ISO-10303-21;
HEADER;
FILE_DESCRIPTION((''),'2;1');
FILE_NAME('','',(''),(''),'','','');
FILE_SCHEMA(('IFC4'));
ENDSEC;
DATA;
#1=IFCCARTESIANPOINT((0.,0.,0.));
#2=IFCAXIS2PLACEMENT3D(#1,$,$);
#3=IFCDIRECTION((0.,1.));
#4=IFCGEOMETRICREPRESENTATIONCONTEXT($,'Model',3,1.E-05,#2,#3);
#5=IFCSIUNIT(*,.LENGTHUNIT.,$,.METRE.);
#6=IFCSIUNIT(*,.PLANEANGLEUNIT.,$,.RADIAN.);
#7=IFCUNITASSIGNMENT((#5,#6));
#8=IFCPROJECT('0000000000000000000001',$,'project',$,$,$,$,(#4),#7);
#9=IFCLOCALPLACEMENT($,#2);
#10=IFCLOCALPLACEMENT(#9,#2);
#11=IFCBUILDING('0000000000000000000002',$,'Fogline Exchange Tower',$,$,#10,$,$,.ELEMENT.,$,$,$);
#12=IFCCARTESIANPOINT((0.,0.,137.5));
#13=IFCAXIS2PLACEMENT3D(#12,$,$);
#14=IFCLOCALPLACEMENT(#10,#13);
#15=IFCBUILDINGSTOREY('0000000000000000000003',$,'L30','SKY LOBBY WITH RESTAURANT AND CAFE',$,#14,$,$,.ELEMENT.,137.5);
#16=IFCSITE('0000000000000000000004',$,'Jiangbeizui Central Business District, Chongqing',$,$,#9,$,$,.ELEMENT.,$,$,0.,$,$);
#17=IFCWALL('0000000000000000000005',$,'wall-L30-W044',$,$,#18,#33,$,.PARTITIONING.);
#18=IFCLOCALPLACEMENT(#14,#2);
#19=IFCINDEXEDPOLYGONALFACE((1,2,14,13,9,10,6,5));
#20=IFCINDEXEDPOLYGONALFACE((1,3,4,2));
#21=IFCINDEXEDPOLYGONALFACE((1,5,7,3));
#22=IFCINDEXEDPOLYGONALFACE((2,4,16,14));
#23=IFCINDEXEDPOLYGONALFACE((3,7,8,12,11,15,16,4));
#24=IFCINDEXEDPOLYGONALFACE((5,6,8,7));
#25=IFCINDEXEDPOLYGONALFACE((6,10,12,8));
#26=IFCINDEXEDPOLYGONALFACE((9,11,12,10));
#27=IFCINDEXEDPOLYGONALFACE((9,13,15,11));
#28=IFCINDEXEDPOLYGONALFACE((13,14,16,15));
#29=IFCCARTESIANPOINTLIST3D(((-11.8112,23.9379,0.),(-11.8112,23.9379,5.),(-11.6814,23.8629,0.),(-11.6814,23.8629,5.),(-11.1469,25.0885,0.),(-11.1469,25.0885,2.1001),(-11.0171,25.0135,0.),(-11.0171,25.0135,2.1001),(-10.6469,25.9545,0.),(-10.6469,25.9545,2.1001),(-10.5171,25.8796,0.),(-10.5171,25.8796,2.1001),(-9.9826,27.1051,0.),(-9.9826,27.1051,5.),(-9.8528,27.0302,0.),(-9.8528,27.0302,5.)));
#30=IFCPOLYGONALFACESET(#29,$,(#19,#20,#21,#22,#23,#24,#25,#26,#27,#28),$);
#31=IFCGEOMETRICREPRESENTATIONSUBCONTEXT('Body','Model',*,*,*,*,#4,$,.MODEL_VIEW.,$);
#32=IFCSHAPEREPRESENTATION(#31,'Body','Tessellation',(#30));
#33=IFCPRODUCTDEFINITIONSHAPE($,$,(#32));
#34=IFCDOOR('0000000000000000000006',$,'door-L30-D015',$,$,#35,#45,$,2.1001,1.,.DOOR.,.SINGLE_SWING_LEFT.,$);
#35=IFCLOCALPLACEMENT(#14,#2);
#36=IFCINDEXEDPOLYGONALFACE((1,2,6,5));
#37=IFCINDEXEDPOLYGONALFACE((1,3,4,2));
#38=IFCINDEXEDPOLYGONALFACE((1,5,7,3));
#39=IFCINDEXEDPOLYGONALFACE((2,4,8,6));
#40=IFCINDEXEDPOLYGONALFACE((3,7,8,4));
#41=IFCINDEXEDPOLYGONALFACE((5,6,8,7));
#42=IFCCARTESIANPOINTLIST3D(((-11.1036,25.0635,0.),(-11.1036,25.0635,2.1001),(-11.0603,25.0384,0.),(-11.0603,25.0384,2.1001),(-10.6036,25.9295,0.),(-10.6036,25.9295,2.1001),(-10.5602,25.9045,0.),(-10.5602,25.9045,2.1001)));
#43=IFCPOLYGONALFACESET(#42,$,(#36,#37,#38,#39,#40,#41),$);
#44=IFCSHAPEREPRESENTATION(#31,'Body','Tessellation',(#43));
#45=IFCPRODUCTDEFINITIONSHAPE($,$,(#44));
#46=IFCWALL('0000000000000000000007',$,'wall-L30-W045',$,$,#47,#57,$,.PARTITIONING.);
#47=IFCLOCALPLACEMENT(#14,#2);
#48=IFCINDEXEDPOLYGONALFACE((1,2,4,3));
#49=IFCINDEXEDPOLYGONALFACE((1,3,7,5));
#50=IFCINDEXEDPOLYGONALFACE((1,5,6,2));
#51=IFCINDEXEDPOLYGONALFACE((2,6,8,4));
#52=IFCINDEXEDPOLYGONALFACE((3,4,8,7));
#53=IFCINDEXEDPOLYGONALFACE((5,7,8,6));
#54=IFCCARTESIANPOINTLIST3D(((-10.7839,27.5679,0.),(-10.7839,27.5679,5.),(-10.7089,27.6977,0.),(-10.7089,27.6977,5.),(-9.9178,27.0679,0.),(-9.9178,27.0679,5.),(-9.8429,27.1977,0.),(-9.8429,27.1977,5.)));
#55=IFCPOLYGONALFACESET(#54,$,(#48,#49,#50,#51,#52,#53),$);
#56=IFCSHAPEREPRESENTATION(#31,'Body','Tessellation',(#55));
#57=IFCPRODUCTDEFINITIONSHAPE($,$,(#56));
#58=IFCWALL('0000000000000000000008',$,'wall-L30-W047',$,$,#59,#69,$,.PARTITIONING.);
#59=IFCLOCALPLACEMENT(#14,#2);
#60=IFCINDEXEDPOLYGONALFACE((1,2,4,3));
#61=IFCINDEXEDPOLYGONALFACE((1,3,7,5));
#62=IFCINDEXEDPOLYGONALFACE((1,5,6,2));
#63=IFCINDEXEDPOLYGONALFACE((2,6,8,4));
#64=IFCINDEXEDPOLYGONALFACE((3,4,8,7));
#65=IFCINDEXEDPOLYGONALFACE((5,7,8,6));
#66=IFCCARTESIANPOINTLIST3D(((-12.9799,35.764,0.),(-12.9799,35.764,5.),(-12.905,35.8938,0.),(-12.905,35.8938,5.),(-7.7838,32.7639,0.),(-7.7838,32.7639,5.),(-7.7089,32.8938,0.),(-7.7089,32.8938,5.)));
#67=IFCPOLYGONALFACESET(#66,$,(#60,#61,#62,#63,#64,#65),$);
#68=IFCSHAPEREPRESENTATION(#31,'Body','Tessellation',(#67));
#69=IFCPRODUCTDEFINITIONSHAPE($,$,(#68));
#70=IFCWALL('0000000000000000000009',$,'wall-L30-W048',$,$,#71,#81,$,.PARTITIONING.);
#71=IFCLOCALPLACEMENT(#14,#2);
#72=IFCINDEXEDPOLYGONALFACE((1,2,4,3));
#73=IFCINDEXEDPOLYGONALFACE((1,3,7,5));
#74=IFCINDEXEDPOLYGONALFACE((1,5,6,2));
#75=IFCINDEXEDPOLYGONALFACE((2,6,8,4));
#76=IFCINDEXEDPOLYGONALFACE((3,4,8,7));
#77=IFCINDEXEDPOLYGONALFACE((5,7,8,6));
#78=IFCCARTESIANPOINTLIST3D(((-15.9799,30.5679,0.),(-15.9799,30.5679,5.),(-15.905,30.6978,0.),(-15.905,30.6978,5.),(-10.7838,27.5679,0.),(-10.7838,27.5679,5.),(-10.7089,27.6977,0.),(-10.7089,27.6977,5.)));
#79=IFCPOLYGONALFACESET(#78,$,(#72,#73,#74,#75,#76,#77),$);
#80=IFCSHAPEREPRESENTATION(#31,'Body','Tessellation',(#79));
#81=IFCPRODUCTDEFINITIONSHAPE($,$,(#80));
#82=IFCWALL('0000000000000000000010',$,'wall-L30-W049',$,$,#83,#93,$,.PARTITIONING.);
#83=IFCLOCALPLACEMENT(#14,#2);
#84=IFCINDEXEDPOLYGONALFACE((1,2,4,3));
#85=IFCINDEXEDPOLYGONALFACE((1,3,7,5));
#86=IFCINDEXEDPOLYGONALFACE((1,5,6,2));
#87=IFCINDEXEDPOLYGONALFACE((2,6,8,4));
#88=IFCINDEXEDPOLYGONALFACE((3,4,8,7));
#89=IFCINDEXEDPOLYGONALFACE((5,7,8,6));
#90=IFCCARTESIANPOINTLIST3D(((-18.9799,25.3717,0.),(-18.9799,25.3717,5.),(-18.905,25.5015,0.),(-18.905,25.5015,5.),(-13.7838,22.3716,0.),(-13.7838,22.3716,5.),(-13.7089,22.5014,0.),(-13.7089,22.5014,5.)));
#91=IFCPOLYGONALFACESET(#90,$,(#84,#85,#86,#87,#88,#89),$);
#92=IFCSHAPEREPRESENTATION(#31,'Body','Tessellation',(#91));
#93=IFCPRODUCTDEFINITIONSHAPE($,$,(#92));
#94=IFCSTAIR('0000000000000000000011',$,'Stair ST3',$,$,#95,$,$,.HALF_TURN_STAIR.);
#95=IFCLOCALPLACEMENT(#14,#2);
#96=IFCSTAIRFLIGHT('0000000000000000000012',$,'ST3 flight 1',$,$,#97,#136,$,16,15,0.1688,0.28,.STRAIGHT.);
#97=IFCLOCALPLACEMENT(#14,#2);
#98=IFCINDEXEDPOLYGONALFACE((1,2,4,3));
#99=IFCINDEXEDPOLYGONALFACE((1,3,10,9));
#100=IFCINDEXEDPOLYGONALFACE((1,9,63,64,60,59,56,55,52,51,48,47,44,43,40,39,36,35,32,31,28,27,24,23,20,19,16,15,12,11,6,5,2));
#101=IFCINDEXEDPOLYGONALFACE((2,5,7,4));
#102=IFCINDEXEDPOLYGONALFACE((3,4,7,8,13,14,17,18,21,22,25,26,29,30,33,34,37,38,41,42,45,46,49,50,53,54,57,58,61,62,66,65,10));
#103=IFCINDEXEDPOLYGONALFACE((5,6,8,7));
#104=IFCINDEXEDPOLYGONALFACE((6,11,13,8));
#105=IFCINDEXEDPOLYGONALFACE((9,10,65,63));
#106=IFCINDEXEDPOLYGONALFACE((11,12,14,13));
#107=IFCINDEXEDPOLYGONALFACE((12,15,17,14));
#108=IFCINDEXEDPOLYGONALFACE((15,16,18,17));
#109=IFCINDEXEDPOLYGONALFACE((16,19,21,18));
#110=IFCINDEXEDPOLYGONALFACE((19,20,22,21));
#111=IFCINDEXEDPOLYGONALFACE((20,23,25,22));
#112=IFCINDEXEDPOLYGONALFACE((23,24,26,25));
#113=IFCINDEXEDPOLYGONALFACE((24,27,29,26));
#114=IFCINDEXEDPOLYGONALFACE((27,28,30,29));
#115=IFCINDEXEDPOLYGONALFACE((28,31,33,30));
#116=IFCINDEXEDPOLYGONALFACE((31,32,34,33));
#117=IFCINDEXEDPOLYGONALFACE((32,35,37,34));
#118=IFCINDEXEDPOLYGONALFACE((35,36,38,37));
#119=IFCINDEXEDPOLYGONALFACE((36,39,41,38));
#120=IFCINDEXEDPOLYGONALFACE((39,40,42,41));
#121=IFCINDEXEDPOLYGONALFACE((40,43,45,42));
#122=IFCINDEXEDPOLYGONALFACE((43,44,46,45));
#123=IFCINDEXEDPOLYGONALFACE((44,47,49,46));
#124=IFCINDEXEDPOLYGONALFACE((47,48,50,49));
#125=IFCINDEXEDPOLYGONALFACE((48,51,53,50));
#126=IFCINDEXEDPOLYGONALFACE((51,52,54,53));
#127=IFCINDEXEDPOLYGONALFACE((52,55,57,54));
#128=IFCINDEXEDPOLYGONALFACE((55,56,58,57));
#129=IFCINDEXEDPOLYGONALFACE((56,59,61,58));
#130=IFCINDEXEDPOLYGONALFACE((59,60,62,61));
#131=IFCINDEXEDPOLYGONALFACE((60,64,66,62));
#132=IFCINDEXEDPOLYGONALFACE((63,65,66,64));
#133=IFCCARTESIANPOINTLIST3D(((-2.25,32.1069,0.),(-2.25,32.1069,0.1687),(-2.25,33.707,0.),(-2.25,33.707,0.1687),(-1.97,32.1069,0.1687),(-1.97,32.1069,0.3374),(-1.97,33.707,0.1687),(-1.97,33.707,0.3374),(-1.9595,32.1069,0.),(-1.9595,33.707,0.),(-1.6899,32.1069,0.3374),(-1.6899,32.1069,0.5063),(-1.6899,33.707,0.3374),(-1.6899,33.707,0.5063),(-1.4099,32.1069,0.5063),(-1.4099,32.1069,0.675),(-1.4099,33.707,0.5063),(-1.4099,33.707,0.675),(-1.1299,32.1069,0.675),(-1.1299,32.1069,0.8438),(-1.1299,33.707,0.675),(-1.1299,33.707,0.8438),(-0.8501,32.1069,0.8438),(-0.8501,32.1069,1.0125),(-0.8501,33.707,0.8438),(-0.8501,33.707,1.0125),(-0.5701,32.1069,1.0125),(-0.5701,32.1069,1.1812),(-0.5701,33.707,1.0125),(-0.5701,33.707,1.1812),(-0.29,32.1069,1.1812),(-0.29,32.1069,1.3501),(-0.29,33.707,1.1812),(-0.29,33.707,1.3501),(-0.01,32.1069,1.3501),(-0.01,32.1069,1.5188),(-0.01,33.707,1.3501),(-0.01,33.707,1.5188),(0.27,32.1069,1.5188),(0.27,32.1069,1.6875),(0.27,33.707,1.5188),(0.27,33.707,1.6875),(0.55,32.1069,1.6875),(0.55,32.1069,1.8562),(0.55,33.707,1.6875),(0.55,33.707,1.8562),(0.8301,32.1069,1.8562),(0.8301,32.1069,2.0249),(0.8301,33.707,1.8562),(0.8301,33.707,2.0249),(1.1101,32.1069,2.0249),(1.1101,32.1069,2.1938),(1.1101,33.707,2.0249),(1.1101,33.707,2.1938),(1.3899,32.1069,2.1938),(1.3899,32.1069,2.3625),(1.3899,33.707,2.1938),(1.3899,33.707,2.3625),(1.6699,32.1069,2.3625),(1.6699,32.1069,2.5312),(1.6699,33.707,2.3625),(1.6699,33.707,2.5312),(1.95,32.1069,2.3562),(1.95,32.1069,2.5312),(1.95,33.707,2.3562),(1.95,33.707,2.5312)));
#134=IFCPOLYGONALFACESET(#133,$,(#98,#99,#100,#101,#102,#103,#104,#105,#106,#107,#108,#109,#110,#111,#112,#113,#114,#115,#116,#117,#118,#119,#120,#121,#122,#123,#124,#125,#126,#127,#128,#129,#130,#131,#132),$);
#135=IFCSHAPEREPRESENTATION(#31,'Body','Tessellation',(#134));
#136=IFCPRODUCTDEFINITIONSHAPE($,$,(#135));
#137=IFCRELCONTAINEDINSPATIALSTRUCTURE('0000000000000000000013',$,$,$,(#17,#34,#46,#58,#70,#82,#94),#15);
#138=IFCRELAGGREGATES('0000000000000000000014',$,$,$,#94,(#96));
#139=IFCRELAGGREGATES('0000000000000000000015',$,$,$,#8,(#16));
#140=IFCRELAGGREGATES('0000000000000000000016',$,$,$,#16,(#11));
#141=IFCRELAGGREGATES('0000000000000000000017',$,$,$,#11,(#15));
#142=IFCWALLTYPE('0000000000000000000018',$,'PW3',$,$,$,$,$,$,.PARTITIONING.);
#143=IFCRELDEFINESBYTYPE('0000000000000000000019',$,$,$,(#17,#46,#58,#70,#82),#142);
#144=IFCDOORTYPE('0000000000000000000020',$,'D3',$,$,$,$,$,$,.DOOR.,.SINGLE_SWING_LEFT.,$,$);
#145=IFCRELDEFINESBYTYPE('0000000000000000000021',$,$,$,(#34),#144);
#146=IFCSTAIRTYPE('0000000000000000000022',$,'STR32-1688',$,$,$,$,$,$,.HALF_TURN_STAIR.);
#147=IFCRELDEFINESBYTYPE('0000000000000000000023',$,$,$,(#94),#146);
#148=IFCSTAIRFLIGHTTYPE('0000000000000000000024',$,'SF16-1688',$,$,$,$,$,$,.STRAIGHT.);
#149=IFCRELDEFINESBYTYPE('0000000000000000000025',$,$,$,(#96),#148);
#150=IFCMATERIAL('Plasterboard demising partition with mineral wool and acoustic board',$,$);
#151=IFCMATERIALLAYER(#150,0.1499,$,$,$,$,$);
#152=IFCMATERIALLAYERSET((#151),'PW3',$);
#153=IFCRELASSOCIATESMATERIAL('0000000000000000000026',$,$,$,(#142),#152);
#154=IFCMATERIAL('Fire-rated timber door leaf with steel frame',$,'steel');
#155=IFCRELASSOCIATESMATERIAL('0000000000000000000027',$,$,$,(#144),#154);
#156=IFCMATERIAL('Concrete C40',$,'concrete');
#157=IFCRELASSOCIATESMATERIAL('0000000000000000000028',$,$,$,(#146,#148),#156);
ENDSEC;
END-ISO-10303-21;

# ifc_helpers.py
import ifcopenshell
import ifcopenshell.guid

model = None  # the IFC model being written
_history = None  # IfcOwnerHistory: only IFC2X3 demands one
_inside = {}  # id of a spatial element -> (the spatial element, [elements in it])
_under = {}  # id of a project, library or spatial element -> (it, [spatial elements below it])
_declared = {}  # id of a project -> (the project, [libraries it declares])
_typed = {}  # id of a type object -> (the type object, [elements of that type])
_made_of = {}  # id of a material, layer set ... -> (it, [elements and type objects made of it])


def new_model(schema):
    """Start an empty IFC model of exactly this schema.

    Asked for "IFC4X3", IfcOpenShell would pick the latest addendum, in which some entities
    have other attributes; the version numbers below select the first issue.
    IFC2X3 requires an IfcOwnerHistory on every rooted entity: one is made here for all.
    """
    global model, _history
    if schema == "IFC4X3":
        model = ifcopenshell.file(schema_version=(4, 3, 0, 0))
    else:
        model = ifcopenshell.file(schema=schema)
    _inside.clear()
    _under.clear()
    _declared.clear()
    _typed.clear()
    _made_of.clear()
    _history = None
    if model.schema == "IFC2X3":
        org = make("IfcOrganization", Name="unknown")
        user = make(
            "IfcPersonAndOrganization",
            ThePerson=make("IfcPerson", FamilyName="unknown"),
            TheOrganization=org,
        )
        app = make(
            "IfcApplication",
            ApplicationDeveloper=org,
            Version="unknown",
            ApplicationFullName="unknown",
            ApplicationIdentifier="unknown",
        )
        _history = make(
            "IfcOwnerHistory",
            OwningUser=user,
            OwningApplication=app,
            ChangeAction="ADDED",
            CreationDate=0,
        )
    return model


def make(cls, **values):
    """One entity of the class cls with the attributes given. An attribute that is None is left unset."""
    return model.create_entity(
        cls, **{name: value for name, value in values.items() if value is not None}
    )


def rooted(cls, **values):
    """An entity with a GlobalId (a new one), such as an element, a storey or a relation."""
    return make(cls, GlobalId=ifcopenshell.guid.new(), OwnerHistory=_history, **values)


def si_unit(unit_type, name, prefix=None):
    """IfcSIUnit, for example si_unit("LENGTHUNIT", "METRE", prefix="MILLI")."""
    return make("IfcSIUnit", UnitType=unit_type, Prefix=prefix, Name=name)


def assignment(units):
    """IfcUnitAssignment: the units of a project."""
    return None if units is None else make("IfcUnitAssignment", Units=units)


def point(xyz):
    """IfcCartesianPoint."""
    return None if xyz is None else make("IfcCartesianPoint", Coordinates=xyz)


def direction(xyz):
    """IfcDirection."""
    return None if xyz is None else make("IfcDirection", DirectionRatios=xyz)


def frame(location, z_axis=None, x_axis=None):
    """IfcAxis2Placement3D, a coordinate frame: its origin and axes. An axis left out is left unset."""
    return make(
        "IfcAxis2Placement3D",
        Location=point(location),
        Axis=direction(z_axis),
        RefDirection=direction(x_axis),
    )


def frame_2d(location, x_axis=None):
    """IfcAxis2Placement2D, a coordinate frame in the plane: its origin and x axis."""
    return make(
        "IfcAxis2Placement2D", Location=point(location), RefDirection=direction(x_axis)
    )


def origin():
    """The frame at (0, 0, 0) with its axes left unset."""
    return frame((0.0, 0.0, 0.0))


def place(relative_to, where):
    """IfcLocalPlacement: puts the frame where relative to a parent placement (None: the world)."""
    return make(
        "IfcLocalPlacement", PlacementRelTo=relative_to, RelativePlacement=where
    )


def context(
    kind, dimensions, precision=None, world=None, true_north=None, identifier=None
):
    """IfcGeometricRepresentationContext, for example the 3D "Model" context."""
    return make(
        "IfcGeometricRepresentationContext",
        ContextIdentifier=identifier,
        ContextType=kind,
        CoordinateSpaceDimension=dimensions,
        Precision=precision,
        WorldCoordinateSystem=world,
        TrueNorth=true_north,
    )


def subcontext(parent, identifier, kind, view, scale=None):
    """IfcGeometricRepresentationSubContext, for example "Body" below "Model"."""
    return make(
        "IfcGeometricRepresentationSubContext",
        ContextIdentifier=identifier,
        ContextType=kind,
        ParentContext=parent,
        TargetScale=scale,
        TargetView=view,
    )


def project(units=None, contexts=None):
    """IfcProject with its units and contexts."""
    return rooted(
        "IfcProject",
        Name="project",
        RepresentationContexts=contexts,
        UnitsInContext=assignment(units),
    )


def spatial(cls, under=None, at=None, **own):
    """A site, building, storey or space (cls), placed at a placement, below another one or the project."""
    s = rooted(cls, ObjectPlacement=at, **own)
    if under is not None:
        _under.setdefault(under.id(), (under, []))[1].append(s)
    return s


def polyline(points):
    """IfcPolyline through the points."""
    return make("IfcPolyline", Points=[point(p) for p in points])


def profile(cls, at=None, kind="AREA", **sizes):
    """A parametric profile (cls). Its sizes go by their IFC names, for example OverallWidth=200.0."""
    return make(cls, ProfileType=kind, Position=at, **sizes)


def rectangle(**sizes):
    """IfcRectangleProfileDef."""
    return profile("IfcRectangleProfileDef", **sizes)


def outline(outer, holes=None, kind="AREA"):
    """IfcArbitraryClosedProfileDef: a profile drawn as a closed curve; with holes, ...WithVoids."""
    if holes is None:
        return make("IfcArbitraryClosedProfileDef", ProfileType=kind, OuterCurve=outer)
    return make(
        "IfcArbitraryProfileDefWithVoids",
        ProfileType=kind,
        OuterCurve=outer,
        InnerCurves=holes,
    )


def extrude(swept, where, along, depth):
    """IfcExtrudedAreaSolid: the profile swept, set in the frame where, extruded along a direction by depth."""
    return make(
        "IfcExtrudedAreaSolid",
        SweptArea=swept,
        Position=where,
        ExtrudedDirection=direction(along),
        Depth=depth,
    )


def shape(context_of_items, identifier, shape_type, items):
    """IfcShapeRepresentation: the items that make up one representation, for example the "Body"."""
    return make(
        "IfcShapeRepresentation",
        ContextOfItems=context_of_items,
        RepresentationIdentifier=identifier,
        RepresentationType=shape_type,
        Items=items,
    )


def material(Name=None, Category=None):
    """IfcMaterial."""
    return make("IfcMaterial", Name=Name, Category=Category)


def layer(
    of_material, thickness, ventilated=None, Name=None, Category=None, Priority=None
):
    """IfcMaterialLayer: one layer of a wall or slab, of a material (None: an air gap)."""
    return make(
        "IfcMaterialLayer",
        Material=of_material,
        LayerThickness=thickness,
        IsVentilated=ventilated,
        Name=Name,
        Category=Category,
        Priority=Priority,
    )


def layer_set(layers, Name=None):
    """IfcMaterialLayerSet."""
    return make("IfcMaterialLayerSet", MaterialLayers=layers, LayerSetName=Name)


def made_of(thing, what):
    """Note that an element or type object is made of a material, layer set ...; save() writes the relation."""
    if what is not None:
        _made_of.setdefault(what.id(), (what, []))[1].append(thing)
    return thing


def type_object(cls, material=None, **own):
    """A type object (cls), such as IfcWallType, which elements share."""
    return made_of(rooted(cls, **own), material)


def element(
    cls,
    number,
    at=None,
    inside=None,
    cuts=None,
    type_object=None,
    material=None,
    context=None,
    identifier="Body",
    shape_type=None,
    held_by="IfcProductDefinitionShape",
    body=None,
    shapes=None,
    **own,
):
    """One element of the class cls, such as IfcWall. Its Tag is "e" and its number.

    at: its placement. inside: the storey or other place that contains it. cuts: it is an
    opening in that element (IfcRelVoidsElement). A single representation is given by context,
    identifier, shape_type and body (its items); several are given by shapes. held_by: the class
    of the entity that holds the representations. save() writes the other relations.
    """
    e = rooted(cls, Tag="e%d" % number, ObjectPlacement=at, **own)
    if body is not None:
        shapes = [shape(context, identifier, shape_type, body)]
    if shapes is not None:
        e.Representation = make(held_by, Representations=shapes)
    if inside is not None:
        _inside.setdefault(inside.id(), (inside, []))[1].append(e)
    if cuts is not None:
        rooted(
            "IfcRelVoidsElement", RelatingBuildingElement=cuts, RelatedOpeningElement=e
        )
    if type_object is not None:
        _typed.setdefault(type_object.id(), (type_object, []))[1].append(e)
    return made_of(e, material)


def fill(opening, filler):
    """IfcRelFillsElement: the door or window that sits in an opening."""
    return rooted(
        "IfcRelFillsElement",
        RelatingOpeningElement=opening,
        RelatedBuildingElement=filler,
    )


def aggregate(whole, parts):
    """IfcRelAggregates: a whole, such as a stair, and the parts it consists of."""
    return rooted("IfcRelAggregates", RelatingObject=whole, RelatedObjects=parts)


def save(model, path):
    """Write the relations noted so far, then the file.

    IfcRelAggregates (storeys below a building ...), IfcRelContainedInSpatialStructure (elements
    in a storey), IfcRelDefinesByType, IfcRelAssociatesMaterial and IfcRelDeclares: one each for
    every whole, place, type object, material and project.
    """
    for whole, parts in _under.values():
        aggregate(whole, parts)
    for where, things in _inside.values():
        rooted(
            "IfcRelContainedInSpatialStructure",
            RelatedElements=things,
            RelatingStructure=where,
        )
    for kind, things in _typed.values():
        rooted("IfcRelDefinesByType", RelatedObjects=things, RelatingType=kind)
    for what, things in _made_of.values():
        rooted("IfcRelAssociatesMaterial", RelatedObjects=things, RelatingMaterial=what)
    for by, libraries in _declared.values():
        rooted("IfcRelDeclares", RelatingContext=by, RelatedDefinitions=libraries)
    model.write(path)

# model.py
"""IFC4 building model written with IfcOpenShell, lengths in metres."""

from ifc_helpers import new_model, si_unit, direction, frame, frame_2d, origin, place, context, subcontext, project, spatial, polyline, rectangle, outline, extrude, material, layer, layer_set, type_object, element, fill, aggregate, save


model = new_model("IFC4")

# Units and contexts
model_context = context("Model", 3, precision=1e-05, world=origin(), true_north=direction((0.0, 1.0)))
body_context = subcontext(model_context, "Body", "Model", "MODEL_VIEW")
ifc_project = project(units=[si_unit("LENGTHUNIT", "METRE"), si_unit("PLANEANGLEUNIT", "RADIAN")], contexts=[model_context])

# Site, building, storey
site_placement = place(None, origin())
site = spatial("IfcSite", under=ifc_project, at=site_placement, Name="Jiangbeizui Central Business District, Chongqing", CompositionType="ELEMENT", RefElevation=0.0)
building_placement = place(site_placement, origin())
building = spatial("IfcBuilding", under=site, at=building_placement, Name="Fogline Exchange Tower", CompositionType="ELEMENT")
storey_placement = place(building_placement, frame((0.0, 0.0, 137.5)))
storey = spatial("IfcBuildingStorey", under=building, at=storey_placement, Name="L30", Description="SKY LOBBY WITH RESTAURANT AND CAFE", CompositionType="ELEMENT", Elevation=137.5)

# Shared definitions
ifc_material_1 = material(Name="Concrete C40", Category="concrete")

# Shared definitions
ifc_material_2 = material(Name="Plasterboard demising partition with mineral wool and acoustic board")
ifc_layer_1 = layer(ifc_material_2, 0.1499)
ifc_layer_set_1 = layer_set([ifc_layer_1], Name="PW3")
wall_type_1 = type_object("IfcWallType", Name="PW3", PredefinedType="PARTITIONING", material=ifc_layer_set_1)

# Wall, opening, door
ifc_material_3 = material(Name="Fire-rated timber door leaf with steel frame", Category="steel")
door_type_1 = type_object("IfcDoorType", Name="D3", OperationType="SINGLE_SWING_LEFT", PredefinedType="DOOR", material=ifc_material_3)
wall_1_placement = place(storey_placement, frame((-11.7463, 23.9004, 0.0), z_axis=(0.0, 0.0, 1.0), x_axis=(0.500002, 0.866024, 0.0)))
wall_1 = element("IfcWall", 1, at=wall_1_placement, inside=storey, type_object=wall_type_1, Name="wall-L30-W044", PredefinedType="PARTITIONING", context=body_context, shape_type="SweptSolid", body=[
    extrude(rectangle(XDim=3.6572, YDim=0.1499, at=frame_2d((1.8286, 0.0))), origin(), (0.0, 0.0, 1.0), 5.0),
])
opening_1_placement = place(wall_1_placement, frame((1.3286, 0.0, 0.0)))
opening_1 = element("IfcOpeningElement", 2, at=opening_1_placement, cuts=wall_1, PredefinedType="OPENING", context=body_context, shape_type="SweptSolid", body=[
    extrude(rectangle(XDim=1.0, YDim=2.1001, at=frame_2d((0.5, 1.05))), frame((0.0, 0.085, 0.0), z_axis=(0.0, -1.0, 0.0), x_axis=(1.0, 0.0, 0.0)), (0.0, 0.0, 1.0), 0.1699),
])
door_1_placement = place(opening_1_placement, origin())
door_1 = element("IfcDoor", 3, at=door_1_placement, inside=storey, type_object=door_type_1, Name="door-L30-D015", OperationType="SINGLE_SWING_LEFT", OverallHeight=2.1001, OverallWidth=1.0, PredefinedType="DOOR", context=body_context, shape_type="SweptSolid", body=[
    extrude(rectangle(XDim=1.0, YDim=2.1001, at=frame_2d((0.5, 1.05))), frame((0.0, 0.0249, 0.0), z_axis=(0.0, -1.0, 0.0), x_axis=(1.0, 0.0, 0.0)), (0.0, 0.0, 1.0), 0.05),
])
fill(opening_1, door_1)

# Walls
wall_2_placement = place(storey_placement, frame((-9.8804, 27.1328, 0.0), z_axis=(0.0, 0.0, 1.0), x_axis=(-0.866011, 0.500025, 0.0)))
element("IfcWall", 4, at=wall_2_placement, inside=storey, type_object=wall_type_1, Name="wall-L30-W045", PredefinedType="PARTITIONING", context=body_context, shape_type="SweptSolid", body=[
    extrude(rectangle(XDim=1.0, YDim=0.1499, at=frame_2d((0.5, 0.0))), origin(), (0.0, 0.0, 1.0), 5.0),
])
for number, where, z_axis, x_axis, name in (
    (5, (-7.7463, 32.8289, 0.0), (0.0, 0.0, 1.0), (-0.866021, 0.500008, 0.0), "wall-L30-W047"),
    (6, (-10.7463, 27.6328, 0.0), (0.0, 0.0, 1.0), (-0.866021, 0.500008, 0.0), "wall-L30-W048"),
    (7, (-13.7463, 22.4365, 0.0), (0.0, 0.0, 1.0), (-0.866021, 0.500008, 0.0), "wall-L30-W049"),
):
    element("IfcWall", number, at=place(storey_placement, frame(where, z_axis=z_axis, x_axis=x_axis)), inside=storey, type_object=wall_type_1, Name=name, PredefinedType="PARTITIONING", context=body_context, shape_type="SweptSolid", body=[
        extrude(rectangle(XDim=6.0, YDim=0.1499, at=frame_2d((3.0, 0.0))), origin(), (0.0, 0.0, 1.0), 5.0),
    ])

# Stair, stair flight
stair_type = type_object("IfcStairType", Name="STR32-1688", PredefinedType="HALF_TURN_STAIR", material=ifc_material_1)
stair_placement = place(storey_placement, origin())
stair = element("IfcStair", 8, at=stair_placement, inside=storey, type_object=stair_type, Name="Stair ST3", PredefinedType="HALF_TURN_STAIR")
stair_flight_type = type_object("IfcStairFlightType", Name="SF16-1688", PredefinedType="STRAIGHT", material=ifc_material_1)
stair_flight_placement = place(storey_placement, frame((-2.25, 32.907, 0.0), z_axis=(0.0, 0.0, 1.0), x_axis=(1.0, 0.0, 0.0)))
stair_flight = element("IfcStairFlight", 9, at=stair_flight_placement, type_object=stair_flight_type, Name="ST3 flight 1", NumberOfRisers=16, NumberOfTreads=15, PredefinedType="STRAIGHT", RiserHeight=0.1688, TreadLength=0.28, context=body_context, shape_type="SweptSolid", body=[
    extrude(outline(polyline([(0.0, 0.0), (0.0, 0.1687), (0.28, 0.1687), (0.28, 0.3374), (0.5601, 0.3374), (0.5601, 0.5063), (0.8401, 0.5063), (0.8401, 0.675), (1.1201, 0.675), (1.1201, 0.8438), (1.3999, 0.8438), (1.3999, 1.0125), (1.6799, 1.0125), (1.6799, 1.1812), (1.96, 1.1812), (1.96, 1.3501), (2.24, 1.3501), (2.24, 1.5188), (2.52, 1.5188), (2.52, 1.6875), (2.8, 1.6875), (2.8, 1.8562), (3.0801, 1.8562), (3.0801, 2.0249), (3.3601, 2.0249), (3.3601, 2.1938), (3.6399, 2.1938), (3.6399, 2.3625), (3.9199, 2.3625), (3.9199, 2.5312), (4.2, 2.5312), (4.2, 2.7), (4.2, 2.3562), (0.2905, 0.0), (0.0, 0.0)])), frame((0.0, 0.8, 0.0), z_axis=(0.0, -1.0, 0.0), x_axis=(1.0, 0.0, 0.0)), (0.0, 0.0, 1.0), 1.6001),
])
aggregate(stair, [stair_flight])

save(model, "model.ifc")
